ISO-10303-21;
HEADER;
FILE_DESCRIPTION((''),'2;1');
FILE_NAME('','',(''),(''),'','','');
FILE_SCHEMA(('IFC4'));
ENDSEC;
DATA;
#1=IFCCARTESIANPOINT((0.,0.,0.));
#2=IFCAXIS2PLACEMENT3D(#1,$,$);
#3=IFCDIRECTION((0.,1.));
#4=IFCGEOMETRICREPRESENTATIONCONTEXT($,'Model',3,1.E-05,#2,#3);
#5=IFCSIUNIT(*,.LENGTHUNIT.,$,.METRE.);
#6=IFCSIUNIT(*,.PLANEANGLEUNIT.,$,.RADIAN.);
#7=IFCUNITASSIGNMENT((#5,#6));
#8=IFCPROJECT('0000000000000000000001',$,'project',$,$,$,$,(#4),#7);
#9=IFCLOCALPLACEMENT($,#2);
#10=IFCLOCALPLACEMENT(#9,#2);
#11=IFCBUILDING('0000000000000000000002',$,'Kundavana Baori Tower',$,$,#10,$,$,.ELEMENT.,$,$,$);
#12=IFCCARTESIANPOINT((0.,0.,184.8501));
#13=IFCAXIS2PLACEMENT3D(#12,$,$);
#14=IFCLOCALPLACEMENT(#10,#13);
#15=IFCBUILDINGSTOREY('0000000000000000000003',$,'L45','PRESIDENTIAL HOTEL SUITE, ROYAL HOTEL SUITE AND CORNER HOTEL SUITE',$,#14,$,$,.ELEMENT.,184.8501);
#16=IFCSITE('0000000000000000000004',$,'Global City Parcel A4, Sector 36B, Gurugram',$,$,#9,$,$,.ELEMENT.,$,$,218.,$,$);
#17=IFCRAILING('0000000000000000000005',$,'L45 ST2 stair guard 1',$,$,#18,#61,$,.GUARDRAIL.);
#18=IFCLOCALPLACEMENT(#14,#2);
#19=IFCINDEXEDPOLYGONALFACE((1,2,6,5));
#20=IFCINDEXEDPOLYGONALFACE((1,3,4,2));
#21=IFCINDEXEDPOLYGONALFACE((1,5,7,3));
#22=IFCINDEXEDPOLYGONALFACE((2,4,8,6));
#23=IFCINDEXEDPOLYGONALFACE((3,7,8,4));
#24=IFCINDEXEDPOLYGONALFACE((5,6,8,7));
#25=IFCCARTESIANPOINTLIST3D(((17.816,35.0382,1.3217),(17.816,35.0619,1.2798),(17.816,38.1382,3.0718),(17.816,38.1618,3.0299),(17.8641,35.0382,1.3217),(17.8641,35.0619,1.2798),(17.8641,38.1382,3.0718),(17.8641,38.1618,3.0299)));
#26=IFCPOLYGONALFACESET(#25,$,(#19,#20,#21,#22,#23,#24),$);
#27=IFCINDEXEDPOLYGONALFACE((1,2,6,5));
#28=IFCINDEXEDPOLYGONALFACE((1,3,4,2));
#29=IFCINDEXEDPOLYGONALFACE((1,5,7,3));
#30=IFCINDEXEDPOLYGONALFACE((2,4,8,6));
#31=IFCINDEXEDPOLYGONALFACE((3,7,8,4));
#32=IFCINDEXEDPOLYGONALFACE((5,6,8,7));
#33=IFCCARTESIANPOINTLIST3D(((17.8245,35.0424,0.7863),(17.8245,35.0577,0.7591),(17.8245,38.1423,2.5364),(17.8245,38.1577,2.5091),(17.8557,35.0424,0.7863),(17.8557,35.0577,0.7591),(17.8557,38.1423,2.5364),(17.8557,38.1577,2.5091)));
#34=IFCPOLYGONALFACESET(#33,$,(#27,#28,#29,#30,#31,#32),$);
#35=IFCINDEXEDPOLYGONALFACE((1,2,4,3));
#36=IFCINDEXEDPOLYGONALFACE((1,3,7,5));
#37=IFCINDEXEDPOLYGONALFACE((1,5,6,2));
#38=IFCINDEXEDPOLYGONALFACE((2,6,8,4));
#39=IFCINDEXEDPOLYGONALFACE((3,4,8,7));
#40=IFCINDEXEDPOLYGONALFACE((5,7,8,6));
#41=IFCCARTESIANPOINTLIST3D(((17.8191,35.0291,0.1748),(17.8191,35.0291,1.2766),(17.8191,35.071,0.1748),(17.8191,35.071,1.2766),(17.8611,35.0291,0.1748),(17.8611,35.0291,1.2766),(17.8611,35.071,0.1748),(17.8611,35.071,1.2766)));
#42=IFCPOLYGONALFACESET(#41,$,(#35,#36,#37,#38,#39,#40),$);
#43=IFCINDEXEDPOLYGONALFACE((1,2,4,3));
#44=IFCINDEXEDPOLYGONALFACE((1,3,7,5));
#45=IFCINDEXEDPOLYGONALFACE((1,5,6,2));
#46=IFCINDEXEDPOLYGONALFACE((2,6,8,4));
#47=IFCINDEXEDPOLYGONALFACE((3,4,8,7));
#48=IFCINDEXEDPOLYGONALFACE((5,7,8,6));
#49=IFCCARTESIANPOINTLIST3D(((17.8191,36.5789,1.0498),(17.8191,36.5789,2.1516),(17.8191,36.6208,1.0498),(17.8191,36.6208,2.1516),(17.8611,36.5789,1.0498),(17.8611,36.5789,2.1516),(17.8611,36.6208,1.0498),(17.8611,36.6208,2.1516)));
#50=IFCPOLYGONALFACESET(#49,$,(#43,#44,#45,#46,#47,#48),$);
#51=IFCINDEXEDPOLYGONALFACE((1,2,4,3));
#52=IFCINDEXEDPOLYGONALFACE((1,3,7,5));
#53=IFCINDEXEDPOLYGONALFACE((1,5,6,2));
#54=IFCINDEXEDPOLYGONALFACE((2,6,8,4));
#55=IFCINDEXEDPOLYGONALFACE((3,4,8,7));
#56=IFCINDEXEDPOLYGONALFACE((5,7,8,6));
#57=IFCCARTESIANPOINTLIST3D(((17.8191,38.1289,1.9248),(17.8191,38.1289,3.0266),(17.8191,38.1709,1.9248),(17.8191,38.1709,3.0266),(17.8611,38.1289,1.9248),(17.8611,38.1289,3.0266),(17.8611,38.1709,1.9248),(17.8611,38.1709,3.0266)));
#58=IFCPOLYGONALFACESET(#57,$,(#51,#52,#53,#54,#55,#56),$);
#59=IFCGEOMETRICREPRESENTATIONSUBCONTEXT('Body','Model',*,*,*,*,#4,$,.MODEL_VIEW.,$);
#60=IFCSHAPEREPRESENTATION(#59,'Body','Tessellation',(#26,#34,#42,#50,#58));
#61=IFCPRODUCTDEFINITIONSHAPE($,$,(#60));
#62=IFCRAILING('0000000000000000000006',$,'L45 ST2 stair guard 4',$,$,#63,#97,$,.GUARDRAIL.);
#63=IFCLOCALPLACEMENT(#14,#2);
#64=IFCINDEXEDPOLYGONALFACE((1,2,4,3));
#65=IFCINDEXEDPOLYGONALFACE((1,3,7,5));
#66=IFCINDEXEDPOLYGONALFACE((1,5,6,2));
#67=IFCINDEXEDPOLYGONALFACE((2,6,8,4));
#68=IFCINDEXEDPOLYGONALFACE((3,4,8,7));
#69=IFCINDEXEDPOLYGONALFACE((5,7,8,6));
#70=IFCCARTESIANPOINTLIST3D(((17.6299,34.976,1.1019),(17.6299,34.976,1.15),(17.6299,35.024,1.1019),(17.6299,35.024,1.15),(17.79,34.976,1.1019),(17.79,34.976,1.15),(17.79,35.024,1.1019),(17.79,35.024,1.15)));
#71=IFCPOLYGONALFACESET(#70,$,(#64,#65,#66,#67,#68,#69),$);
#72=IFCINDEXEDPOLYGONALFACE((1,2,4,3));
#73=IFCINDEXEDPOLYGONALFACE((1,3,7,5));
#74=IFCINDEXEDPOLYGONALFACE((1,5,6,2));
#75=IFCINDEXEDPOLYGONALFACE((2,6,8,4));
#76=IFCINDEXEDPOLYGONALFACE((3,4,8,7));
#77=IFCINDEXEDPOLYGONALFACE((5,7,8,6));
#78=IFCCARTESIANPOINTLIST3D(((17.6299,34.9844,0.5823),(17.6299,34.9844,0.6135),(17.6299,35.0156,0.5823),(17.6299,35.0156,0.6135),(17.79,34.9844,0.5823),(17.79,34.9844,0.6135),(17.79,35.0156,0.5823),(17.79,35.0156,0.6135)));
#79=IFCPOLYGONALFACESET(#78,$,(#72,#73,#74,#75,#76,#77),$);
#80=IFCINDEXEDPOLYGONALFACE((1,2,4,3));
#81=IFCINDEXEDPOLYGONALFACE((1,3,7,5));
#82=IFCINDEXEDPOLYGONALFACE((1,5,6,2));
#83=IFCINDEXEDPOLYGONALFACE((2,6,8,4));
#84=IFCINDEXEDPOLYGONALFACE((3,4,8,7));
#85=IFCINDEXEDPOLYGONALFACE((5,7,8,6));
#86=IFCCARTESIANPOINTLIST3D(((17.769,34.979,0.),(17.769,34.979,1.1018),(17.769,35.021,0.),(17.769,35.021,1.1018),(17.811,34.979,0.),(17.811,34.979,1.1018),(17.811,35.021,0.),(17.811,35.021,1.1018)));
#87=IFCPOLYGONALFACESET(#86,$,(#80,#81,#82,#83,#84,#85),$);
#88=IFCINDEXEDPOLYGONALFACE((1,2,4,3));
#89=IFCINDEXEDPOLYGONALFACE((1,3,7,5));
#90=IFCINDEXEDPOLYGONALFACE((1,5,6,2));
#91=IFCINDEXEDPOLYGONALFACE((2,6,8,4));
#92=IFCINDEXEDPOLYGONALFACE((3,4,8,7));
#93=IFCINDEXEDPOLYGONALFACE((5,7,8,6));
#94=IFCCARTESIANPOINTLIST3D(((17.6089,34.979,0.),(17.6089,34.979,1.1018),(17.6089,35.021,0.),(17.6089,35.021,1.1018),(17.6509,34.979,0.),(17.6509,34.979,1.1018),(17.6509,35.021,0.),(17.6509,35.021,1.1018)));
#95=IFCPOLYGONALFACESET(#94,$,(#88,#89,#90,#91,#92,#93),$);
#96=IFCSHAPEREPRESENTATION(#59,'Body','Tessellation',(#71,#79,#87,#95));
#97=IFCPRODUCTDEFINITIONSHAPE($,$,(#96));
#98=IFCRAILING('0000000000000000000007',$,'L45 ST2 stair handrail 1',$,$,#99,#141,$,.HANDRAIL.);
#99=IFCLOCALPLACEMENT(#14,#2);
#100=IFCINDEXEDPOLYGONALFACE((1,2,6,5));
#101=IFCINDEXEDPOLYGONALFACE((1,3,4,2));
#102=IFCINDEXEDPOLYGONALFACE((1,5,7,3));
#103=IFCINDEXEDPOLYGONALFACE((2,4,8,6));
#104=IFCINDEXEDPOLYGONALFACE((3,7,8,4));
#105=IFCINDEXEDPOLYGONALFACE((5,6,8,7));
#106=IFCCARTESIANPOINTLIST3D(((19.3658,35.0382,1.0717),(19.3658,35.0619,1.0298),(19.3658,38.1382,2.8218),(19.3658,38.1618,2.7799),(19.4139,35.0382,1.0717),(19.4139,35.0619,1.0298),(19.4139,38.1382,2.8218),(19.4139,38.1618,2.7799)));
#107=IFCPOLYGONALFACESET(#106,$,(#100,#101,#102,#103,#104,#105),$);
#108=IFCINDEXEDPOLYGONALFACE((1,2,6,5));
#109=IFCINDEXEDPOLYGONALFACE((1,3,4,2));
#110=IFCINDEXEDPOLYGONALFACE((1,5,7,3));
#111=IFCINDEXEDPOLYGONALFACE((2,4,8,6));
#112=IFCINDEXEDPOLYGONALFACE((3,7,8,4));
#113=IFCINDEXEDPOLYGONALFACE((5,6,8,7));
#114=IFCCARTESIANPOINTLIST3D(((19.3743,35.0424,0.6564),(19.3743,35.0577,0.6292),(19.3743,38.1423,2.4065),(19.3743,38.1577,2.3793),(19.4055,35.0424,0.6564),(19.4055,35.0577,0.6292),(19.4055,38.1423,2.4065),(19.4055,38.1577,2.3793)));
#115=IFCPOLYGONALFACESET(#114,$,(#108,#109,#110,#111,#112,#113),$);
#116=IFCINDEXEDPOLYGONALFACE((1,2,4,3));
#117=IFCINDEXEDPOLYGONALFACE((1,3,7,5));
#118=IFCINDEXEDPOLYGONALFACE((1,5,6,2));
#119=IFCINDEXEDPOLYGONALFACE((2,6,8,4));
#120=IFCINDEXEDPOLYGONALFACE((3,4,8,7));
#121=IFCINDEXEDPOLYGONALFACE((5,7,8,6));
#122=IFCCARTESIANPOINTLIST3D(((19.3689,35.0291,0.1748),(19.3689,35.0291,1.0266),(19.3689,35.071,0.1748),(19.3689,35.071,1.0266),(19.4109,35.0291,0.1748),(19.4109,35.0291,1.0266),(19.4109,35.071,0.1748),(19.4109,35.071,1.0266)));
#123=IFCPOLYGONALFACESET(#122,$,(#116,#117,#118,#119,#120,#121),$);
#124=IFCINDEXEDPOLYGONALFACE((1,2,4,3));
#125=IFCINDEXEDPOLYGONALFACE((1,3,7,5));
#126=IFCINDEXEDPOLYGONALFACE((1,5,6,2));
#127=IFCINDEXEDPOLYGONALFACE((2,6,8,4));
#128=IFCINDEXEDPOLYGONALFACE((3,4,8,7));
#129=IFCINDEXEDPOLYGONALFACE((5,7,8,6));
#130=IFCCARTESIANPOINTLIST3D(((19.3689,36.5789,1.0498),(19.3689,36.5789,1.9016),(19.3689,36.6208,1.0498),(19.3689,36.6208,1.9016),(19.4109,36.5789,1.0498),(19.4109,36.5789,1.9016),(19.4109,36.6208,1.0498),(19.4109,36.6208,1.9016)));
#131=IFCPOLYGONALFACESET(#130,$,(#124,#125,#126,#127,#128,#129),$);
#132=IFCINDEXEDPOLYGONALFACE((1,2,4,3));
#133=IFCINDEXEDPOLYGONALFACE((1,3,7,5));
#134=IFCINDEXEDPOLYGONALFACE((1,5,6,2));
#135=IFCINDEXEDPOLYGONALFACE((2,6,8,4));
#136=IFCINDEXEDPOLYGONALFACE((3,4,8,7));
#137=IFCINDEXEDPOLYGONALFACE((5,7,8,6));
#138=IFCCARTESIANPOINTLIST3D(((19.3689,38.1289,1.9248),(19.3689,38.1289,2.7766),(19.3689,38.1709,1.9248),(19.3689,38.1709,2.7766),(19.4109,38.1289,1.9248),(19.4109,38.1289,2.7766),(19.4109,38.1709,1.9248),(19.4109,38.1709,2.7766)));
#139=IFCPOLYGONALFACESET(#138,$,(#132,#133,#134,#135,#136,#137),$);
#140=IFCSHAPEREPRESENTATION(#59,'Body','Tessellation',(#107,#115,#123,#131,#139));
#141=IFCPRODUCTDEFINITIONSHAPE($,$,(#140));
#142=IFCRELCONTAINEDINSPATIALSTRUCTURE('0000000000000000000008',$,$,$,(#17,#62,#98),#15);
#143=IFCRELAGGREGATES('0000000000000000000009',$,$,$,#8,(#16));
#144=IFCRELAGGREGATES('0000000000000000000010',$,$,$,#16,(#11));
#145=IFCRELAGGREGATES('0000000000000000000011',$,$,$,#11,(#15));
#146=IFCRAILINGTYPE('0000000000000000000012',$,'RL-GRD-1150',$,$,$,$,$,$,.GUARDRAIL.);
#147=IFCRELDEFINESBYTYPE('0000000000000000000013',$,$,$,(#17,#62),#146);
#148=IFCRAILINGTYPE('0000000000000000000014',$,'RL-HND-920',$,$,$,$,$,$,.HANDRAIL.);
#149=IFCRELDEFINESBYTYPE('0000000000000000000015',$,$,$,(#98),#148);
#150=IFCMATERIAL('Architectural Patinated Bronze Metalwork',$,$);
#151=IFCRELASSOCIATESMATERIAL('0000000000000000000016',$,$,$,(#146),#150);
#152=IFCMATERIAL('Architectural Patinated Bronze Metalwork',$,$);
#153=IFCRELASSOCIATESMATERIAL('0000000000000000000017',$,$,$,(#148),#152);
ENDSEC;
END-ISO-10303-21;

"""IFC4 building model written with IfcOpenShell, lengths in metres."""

from ifc_helpers import new_model, si_unit, direction, frame, origin, origin_2d, place, context, subcontext, project, spatial, rectangle, extrude, material, type_object, element, save


model = new_model("IFC4")

# Units and contexts
model_context = context("Model", 3, precision=1e-05, world=origin(), true_north=direction((0.0, 1.0)))
body_context = subcontext(model_context, "Body", "Model", "MODEL_VIEW")
ifc_project = project(units=[si_unit("LENGTHUNIT", "METRE"), si_unit("PLANEANGLEUNIT", "RADIAN")], contexts=[model_context])

# Site, building, storey
site_placement = place(None, origin())
site = spatial("IfcSite", under=ifc_project, at=site_placement, Name="Global City Parcel A4, Sector 36B, Gurugram", CompositionType="ELEMENT", RefElevation=218.0)
building_placement = place(site_placement, origin())
building = spatial("IfcBuilding", under=site, at=building_placement, Name="Kundavana Baori Tower", CompositionType="ELEMENT")
storey_placement = place(building_placement, frame((0.0, 0.0, 184.8501)))
storey = spatial("IfcBuildingStorey", under=building, at=storey_placement, Name="L45", Description="PRESIDENTIAL HOTEL SUITE, ROYAL HOTEL SUITE AND CORNER HOTEL SUITE", CompositionType="ELEMENT", Elevation=184.8501)

# Railings
ifc_material_1 = material(Name="Architectural Patinated Bronze Metalwork")
railing_type_1 = type_object("IfcRailingType", Name="RL-GRD-1150", PredefinedType="GUARDRAIL", material=ifc_material_1)
railing_1_placement = place(storey_placement, frame((17.8401, 35.05, 0.1748)))
element("IfcRailing", 1, at=railing_1_placement, inside=storey, type_object=railing_type_1, Name="L45 ST2 stair guard 1", PredefinedType="GUARDRAIL", context=body_context, shape_type="SweptSolid", body=[
    extrude(rectangle(XDim=0.0481, YDim=0.0481, at=origin_2d()), frame((0.0, 0.0, 1.126), z_axis=(0.0, 0.870814, 0.491612), x_axis=(-1.0, 0.0, 0.0)), (0.0, 0.0, 1.0), 3.5598),
    extrude(rectangle(XDim=0.0312, YDim=0.0312, at=origin_2d()), frame((0.0, 0.0, 0.5979), z_axis=(0.0, 0.870814, 0.491612), x_axis=(-1.0, 0.0, 0.0)), (0.0, 0.0, 1.0), 3.5598),
    extrude(rectangle(XDim=0.042, YDim=0.042, at=origin_2d()), origin(), (0.0, 0.0, 1.0), 1.1018),
    extrude(rectangle(XDim=0.042, YDim=0.042, at=origin_2d()), frame((0.0, 1.5498, 0.875)), (0.0, 0.0, 1.0), 1.1018),
    extrude(rectangle(XDim=0.042, YDim=0.042, at=origin_2d()), frame((0.0, 3.0999, 1.75)), (0.0, 0.0, 1.0), 1.1018),
])
railing_2_placement = place(storey_placement, frame((17.79, 35.0, 0.0)))
element("IfcRailing", 2, at=railing_2_placement, inside=storey, type_object=railing_type_1, Name="L45 ST2 stair guard 4", PredefinedType="GUARDRAIL", context=body_context, shape_type="SweptSolid", body=[
    extrude(rectangle(XDim=0.0481, YDim=0.0481, at=origin_2d()), frame((0.0, 0.0, 1.126), z_axis=(-1.0, 0.0, 0.0), x_axis=(0.0, -1.0, 0.0)), (0.0, 0.0, 1.0), 0.1602),
    extrude(rectangle(XDim=0.0312, YDim=0.0312, at=origin_2d()), frame((0.0, 0.0, 0.5979), z_axis=(-1.0, 0.0, 0.0), x_axis=(0.0, -1.0, 0.0)), (0.0, 0.0, 1.0), 0.1602),
    extrude(rectangle(XDim=0.042, YDim=0.042, at=origin_2d()), origin(), (0.0, 0.0, 1.0), 1.1018),
    extrude(rectangle(XDim=0.042, YDim=0.042, at=origin_2d()), frame((-0.1602, 0.0, 0.0)), (0.0, 0.0, 1.0), 1.1018),
])
ifc_material_2 = material(Name="Architectural Patinated Bronze Metalwork")
railing_type_2 = type_object("IfcRailingType", Name="RL-HND-920", PredefinedType="HANDRAIL", material=ifc_material_2)
railing_3_placement = place(storey_placement, frame((19.3899, 35.05, 0.1748)))
element("IfcRailing", 3, at=railing_3_placement, inside=storey, type_object=railing_type_2, Name="L45 ST2 stair handrail 1", PredefinedType="HANDRAIL", context=body_context, shape_type="SweptSolid", body=[
    extrude(rectangle(XDim=0.0481, YDim=0.0481, at=origin_2d()), frame((0.0, 0.0, 0.876), z_axis=(0.0, 0.870814, 0.491612), x_axis=(-1.0, 0.0, 0.0)), (0.0, 0.0, 1.0), 3.5598),
    extrude(rectangle(XDim=0.0312, YDim=0.0312, at=origin_2d()), frame((0.0, 0.0, 0.468), z_axis=(0.0, 0.870814, 0.491612), x_axis=(-1.0, 0.0, 0.0)), (0.0, 0.0, 1.0), 3.5598),
    extrude(rectangle(XDim=0.042, YDim=0.042, at=origin_2d()), origin(), (0.0, 0.0, 1.0), 0.8518),
    extrude(rectangle(XDim=0.042, YDim=0.042, at=origin_2d()), frame((0.0, 1.5498, 0.875)), (0.0, 0.0, 1.0), 0.8518),
    extrude(rectangle(XDim=0.042, YDim=0.042, at=origin_2d()), frame((0.0, 3.0999, 1.75)), (0.0, 0.0, 1.0), 0.8518),
])

save(model, "model.ifc")
